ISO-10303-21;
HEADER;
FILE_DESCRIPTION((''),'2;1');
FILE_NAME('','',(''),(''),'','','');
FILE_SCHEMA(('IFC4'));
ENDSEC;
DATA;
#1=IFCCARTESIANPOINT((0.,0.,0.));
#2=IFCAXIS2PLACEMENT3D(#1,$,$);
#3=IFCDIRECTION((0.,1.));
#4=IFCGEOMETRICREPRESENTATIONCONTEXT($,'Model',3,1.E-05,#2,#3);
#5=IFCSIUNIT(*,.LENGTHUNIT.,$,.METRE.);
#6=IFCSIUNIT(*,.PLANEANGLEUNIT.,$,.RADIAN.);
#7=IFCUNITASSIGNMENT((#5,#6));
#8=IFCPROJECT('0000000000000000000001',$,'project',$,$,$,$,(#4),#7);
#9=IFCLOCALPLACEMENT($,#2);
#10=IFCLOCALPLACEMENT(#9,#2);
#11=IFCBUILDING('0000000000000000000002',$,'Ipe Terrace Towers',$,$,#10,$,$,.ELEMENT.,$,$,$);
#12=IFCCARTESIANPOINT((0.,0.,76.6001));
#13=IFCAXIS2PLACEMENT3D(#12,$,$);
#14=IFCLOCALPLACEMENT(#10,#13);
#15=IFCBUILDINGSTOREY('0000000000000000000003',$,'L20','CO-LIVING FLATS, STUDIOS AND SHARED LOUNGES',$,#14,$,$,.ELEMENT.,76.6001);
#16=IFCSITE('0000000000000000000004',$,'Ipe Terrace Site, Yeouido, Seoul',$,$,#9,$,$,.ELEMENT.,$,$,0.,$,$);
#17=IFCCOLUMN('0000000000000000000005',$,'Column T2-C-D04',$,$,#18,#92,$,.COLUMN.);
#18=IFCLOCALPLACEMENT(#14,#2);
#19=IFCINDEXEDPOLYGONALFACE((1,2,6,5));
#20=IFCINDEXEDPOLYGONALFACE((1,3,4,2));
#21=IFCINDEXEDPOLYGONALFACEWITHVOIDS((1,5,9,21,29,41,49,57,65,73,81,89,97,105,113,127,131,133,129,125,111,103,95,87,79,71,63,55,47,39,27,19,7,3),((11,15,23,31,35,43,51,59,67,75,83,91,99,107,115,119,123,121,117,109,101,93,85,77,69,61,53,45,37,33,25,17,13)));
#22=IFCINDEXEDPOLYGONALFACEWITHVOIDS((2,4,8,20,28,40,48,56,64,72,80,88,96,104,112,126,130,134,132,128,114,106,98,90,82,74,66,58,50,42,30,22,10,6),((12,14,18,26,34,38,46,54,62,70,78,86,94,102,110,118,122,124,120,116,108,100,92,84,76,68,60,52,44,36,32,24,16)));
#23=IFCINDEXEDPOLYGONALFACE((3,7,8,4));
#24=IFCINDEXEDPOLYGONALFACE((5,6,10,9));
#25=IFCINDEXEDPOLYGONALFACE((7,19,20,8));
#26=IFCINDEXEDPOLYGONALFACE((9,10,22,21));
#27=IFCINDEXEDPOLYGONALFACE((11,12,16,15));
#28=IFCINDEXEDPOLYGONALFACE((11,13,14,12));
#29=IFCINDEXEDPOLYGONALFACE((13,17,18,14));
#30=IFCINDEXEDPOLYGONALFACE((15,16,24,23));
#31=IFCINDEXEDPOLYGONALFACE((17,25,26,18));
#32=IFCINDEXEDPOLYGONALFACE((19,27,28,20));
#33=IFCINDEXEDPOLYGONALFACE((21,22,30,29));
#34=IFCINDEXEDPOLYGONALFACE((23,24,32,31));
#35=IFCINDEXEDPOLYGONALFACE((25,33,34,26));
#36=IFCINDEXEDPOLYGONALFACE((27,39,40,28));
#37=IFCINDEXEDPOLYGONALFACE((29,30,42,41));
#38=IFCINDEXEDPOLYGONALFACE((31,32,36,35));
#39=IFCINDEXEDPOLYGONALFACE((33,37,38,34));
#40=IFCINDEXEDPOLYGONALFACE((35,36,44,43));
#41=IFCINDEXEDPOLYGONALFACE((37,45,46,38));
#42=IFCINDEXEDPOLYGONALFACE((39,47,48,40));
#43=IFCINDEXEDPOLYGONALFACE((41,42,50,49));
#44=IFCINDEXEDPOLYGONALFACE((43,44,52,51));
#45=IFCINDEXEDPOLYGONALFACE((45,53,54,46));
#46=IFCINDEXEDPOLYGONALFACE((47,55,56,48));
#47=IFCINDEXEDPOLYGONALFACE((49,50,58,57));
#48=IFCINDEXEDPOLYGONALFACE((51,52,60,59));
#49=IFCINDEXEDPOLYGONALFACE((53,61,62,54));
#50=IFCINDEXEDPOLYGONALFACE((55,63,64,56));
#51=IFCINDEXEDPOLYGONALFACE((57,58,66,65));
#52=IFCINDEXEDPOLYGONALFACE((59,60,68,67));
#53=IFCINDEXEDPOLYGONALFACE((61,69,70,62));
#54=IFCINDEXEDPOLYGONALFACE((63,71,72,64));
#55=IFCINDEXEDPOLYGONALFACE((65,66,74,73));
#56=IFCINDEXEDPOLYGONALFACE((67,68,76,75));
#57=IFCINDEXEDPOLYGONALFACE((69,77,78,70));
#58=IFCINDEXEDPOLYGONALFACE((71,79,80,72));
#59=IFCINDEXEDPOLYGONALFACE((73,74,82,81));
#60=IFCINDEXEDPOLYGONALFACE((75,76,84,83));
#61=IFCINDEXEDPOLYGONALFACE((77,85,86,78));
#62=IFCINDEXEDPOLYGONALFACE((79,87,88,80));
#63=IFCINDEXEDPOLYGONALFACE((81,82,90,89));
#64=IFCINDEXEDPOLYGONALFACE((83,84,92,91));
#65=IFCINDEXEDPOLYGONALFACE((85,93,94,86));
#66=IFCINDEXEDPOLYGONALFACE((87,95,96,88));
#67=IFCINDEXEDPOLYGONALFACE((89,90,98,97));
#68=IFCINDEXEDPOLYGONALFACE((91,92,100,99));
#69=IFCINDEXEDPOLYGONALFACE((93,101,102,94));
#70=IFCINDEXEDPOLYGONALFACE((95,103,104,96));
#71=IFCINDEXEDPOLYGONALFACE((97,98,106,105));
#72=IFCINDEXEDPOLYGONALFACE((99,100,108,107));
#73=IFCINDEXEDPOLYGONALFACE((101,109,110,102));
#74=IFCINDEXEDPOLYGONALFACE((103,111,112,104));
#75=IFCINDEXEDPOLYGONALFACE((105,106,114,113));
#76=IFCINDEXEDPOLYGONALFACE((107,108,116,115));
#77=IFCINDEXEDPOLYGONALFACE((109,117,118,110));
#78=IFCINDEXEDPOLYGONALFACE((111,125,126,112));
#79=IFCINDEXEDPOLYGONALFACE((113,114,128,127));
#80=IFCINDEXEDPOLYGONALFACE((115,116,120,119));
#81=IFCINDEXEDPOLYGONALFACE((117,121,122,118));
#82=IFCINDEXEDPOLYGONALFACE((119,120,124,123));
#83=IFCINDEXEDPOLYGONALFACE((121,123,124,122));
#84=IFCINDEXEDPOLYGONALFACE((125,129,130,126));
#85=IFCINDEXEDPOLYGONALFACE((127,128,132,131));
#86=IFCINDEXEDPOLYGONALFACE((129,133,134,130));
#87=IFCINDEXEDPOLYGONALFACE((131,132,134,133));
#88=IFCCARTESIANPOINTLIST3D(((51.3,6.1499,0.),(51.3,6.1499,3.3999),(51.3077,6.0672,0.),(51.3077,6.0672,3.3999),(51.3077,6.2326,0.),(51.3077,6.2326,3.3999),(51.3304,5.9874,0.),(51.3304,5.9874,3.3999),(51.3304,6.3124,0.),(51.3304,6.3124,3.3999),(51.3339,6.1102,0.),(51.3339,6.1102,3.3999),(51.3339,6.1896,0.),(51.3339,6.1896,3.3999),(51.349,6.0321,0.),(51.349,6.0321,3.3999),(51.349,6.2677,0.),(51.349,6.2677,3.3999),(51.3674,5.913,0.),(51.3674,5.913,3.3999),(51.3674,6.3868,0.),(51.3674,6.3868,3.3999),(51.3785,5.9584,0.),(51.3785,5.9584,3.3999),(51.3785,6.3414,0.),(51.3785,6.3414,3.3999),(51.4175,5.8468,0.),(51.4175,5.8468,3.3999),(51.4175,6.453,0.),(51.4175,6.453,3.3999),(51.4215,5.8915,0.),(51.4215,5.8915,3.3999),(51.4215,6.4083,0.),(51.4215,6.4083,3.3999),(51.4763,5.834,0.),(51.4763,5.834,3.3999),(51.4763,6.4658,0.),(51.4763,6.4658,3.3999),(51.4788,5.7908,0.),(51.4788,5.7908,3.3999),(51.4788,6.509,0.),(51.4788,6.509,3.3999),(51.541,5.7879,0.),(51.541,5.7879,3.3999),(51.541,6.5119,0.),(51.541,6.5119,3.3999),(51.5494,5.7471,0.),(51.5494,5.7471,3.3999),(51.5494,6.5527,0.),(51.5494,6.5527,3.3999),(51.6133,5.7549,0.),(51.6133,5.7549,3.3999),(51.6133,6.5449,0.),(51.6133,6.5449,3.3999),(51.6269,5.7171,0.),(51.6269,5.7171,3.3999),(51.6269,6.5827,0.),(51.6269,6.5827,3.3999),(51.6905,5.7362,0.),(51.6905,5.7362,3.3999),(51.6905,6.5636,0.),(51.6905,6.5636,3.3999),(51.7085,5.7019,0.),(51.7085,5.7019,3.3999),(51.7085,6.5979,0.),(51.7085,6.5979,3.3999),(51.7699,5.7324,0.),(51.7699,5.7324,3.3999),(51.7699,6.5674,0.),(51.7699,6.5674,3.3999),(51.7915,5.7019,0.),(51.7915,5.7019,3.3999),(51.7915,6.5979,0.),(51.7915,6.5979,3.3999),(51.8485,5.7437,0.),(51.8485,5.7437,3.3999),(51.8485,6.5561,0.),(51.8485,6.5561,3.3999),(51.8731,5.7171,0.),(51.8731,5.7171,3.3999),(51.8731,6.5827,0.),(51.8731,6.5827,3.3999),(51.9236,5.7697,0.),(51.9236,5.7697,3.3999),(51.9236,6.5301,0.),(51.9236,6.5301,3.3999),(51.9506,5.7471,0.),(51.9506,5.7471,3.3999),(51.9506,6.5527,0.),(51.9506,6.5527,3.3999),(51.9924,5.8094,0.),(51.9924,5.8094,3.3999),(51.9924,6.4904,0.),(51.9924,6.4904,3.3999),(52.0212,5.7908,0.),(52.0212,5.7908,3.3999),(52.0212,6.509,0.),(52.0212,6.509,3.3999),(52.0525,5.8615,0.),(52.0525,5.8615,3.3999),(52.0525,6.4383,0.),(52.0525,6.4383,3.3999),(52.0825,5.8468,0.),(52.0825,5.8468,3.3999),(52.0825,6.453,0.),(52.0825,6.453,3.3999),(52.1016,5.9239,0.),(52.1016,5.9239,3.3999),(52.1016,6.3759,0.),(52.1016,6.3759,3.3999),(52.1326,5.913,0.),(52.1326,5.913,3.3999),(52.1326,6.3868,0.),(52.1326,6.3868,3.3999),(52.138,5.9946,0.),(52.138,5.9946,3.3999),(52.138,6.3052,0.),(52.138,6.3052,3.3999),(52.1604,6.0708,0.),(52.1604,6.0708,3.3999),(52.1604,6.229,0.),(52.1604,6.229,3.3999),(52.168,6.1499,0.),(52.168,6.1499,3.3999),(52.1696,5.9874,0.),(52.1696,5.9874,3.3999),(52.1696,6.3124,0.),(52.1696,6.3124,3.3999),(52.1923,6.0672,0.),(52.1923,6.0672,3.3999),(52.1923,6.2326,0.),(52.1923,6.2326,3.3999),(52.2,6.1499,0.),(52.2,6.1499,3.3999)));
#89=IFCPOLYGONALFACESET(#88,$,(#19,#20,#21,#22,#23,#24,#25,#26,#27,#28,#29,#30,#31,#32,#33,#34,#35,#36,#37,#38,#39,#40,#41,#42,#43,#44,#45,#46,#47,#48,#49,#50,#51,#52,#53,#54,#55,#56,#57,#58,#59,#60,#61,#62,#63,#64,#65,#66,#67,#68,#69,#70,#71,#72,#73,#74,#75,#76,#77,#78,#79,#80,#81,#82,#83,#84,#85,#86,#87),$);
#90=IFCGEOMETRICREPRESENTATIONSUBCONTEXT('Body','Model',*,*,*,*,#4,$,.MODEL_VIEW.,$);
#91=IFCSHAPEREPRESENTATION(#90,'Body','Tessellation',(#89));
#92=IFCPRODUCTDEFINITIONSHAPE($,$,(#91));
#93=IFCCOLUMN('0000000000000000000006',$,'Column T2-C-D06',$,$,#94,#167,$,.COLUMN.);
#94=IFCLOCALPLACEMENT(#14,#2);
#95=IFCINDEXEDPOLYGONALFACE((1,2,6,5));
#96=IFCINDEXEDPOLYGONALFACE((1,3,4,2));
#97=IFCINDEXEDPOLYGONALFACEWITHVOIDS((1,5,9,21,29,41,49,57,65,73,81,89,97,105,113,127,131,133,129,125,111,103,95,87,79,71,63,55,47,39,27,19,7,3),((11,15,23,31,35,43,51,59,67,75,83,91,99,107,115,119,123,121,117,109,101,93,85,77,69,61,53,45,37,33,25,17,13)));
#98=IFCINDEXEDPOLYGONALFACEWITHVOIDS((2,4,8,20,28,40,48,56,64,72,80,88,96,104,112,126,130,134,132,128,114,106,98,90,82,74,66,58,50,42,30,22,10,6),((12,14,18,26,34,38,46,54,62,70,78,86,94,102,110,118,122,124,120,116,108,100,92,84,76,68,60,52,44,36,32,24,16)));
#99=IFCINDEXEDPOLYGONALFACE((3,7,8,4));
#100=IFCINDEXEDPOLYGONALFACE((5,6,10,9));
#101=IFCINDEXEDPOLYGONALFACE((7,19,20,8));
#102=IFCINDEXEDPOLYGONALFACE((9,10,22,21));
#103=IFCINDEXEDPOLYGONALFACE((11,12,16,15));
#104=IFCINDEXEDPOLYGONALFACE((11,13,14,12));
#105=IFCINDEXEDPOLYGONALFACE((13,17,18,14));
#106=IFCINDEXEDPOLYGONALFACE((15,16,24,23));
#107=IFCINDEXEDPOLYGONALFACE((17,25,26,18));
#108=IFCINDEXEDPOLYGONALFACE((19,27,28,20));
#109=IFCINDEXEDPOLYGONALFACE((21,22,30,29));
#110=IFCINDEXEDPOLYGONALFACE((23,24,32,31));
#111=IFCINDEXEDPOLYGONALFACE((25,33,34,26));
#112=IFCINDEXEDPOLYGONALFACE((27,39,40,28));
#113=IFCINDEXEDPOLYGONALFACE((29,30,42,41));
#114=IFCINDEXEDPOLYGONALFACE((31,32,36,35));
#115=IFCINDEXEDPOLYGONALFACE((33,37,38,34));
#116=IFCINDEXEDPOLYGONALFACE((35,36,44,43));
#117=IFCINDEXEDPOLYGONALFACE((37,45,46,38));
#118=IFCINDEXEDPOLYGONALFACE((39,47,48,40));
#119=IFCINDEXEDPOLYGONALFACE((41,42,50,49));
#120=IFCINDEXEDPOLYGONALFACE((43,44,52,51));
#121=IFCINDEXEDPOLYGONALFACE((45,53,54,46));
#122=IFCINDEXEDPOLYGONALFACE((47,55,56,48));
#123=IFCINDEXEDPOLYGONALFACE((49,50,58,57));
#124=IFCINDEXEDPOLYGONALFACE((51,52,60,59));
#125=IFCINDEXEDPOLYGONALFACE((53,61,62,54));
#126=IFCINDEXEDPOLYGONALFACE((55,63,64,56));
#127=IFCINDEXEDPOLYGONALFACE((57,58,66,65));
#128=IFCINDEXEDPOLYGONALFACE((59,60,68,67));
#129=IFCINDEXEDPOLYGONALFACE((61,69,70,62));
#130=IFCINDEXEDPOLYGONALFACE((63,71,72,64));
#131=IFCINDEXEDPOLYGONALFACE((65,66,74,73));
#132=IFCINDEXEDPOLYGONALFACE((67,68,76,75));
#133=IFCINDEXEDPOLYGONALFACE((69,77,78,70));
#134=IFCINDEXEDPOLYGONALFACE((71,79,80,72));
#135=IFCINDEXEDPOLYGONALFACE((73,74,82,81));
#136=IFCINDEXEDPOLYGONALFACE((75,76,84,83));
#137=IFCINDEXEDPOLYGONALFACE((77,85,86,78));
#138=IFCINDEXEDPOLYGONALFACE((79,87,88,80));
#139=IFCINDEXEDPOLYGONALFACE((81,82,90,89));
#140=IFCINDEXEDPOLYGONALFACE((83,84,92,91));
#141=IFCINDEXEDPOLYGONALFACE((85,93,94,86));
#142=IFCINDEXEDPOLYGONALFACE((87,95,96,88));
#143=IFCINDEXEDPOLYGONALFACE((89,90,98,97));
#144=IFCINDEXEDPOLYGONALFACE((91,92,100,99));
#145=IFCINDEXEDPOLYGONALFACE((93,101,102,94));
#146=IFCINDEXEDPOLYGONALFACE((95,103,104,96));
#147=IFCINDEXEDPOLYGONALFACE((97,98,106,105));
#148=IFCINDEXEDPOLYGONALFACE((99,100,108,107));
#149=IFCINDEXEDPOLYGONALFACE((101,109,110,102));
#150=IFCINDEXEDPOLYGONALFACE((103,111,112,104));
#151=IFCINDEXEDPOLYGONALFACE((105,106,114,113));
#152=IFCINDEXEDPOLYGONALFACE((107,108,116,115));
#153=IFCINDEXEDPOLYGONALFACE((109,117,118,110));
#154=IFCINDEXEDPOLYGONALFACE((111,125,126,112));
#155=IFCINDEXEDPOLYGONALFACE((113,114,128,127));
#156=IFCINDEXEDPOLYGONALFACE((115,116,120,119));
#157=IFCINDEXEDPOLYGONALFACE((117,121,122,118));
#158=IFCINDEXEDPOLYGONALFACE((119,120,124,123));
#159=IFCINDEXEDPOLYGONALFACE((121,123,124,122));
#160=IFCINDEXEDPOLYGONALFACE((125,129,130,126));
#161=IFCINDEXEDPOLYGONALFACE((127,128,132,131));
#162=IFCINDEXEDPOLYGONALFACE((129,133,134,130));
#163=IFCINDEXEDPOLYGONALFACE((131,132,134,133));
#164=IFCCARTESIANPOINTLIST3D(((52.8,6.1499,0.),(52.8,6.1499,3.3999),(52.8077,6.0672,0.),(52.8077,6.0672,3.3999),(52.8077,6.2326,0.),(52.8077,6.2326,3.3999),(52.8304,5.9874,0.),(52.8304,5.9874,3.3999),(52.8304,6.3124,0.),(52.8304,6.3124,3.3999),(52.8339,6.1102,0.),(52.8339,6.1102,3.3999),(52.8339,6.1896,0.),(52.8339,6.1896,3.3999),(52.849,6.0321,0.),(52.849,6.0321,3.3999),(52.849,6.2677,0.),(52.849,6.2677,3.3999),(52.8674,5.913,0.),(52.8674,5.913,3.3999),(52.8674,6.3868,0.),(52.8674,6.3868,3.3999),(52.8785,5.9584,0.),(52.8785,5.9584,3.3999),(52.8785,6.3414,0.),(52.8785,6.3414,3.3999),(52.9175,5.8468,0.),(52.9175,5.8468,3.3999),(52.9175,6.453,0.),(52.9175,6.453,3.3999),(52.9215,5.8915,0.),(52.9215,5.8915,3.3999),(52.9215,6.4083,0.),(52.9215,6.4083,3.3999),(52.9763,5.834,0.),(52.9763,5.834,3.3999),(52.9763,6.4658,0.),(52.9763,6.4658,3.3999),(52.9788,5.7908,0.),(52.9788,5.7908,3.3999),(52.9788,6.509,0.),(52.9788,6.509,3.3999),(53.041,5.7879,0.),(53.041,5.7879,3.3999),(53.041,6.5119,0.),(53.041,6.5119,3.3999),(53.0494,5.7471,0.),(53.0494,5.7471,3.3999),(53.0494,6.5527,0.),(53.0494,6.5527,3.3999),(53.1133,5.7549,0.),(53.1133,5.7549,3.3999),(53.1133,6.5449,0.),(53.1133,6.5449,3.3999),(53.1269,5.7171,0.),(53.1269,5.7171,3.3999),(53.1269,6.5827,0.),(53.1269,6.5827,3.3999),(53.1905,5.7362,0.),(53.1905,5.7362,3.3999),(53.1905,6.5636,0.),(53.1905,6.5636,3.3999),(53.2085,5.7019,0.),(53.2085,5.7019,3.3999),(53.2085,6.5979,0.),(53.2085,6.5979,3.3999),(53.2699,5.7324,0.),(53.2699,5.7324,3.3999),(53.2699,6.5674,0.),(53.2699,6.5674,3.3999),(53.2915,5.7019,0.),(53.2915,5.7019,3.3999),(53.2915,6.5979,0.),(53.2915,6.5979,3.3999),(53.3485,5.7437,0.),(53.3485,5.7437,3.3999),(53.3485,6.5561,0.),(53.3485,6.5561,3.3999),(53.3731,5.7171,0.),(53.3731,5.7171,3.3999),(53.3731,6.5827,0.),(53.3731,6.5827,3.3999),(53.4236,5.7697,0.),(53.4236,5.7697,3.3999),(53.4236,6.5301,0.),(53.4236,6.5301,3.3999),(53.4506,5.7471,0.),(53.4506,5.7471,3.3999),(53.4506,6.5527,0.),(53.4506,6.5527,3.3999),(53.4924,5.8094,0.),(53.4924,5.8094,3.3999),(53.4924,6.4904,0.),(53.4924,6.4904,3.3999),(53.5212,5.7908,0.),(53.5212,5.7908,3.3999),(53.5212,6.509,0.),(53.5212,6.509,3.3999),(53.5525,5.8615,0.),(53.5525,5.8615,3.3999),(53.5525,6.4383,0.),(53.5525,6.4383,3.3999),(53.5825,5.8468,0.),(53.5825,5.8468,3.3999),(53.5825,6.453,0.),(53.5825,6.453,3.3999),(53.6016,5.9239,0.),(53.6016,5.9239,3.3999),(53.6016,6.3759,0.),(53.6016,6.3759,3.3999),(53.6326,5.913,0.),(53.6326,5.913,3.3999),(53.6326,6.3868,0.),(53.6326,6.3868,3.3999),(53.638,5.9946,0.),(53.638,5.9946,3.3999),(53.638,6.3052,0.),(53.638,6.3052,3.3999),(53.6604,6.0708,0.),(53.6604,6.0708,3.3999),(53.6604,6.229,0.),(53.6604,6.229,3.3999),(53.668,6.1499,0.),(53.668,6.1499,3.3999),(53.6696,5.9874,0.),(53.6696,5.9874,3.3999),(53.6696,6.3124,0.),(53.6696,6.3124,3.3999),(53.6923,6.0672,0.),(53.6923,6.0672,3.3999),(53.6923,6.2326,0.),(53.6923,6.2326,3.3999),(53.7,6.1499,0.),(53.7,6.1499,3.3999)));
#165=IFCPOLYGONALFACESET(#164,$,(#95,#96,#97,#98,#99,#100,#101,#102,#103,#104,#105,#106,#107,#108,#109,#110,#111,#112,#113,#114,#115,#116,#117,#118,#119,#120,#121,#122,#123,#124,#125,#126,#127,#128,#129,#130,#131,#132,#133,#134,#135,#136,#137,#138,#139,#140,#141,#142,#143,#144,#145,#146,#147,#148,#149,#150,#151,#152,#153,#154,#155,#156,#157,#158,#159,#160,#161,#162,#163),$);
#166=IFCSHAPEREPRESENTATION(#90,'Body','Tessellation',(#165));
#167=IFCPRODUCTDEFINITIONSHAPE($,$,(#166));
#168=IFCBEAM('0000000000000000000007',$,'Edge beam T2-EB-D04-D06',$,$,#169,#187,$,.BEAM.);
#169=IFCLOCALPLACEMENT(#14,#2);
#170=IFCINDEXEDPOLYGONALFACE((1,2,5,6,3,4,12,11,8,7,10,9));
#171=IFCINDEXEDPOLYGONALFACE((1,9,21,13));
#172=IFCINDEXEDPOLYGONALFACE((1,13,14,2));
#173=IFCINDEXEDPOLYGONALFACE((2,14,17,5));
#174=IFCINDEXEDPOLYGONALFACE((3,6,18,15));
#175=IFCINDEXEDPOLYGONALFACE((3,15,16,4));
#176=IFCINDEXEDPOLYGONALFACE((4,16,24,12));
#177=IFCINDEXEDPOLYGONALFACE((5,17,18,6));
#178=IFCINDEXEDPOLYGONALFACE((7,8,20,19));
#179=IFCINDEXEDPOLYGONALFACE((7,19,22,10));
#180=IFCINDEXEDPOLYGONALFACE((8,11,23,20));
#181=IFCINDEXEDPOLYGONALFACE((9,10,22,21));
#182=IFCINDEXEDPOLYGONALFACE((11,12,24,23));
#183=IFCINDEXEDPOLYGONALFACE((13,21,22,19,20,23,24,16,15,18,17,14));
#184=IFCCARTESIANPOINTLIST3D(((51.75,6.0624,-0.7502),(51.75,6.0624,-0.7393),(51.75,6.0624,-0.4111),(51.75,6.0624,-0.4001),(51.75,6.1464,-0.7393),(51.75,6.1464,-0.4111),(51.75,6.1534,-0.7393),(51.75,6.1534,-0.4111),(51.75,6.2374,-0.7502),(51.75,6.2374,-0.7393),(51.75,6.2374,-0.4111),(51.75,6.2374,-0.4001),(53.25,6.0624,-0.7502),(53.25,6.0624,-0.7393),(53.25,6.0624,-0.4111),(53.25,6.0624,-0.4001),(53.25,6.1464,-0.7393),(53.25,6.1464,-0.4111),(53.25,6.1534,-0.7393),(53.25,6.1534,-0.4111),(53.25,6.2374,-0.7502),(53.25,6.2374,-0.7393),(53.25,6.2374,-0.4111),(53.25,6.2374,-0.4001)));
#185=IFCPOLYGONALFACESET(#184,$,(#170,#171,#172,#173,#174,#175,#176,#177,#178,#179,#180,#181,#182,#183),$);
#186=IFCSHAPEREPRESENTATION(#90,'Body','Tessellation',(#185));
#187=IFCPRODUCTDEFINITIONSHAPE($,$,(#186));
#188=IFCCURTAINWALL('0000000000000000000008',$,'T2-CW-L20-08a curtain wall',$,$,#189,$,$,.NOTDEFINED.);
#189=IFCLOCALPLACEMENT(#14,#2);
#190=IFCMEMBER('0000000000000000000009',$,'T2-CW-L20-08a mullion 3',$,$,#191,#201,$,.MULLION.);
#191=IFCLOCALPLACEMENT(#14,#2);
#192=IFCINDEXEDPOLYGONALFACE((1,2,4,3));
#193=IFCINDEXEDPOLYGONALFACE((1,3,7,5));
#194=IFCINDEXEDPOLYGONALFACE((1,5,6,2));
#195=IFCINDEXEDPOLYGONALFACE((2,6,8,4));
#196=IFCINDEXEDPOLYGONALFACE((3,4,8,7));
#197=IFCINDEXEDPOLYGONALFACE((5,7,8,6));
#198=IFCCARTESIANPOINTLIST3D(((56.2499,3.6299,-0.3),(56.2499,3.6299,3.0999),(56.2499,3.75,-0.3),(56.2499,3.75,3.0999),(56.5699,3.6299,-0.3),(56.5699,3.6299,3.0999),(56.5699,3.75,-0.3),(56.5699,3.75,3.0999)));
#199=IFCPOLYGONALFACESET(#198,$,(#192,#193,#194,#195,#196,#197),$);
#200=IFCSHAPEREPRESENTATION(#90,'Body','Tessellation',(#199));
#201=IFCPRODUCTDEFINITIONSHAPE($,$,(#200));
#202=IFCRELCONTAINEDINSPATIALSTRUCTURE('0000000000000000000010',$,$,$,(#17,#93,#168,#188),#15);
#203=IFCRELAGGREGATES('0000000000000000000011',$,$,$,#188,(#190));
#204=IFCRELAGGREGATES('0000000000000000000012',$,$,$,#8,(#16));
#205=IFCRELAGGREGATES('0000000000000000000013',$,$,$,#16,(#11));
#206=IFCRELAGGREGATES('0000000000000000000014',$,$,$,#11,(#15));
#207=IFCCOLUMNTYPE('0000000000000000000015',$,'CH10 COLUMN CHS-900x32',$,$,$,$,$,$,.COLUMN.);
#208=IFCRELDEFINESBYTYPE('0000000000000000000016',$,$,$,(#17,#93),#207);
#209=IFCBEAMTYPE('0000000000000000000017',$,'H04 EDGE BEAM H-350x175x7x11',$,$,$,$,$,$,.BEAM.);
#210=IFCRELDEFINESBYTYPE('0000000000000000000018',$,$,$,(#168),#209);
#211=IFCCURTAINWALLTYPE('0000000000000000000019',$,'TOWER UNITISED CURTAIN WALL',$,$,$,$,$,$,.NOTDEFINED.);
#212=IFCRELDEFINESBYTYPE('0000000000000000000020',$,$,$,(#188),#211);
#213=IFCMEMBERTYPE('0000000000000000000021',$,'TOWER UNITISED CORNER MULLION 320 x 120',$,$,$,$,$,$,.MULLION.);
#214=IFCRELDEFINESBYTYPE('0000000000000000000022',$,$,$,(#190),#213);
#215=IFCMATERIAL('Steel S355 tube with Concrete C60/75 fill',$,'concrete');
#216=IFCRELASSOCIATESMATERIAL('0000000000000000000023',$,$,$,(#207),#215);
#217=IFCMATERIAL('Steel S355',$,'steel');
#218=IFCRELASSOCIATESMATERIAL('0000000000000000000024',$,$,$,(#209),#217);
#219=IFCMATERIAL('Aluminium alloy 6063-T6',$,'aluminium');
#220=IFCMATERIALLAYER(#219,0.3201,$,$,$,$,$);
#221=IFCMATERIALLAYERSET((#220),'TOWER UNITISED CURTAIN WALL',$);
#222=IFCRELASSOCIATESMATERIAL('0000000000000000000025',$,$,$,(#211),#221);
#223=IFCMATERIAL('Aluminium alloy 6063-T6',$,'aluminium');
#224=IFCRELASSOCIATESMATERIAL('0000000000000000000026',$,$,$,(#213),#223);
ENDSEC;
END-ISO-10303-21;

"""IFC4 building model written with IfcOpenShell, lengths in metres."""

from ifc_helpers import new_model, si_unit, direction, frame, origin, origin_2d, place, context, subcontext, project, spatial, rectangle, hollow_circle, i_section, extrude, material, layer, layer_set, material_profile, profile_set, type_object, element, aggregate, save


model = new_model("IFC4")

# Units and contexts
model_context = context("Model", 3, precision=1e-05, world=origin(), true_north=direction((0.0, 1.0)))
body_context = subcontext(model_context, "Body", "Model", "MODEL_VIEW")
ifc_project = project(units=[si_unit("LENGTHUNIT", "METRE"), si_unit("PLANEANGLEUNIT", "RADIAN")], contexts=[model_context])

# Site, building, storey
site_placement = place(None, origin())
site = spatial("IfcSite", under=ifc_project, at=site_placement, Name="Ipe Terrace Site, Yeouido, Seoul", CompositionType="ELEMENT", RefElevation=0.0)
building_placement = place(site_placement, origin())
building = spatial("IfcBuilding", under=site, at=building_placement, Name="Ipe Terrace Towers", CompositionType="ELEMENT")
storey_placement = place(building_placement, frame((0.0, 0.0, 76.6001)))
storey = spatial("IfcBuildingStorey", under=building, at=storey_placement, Name="L20", Description="CO-LIVING FLATS, STUDIOS AND SHARED LOUNGES", CompositionType="ELEMENT", Elevation=76.6001)

# Columns
ifc_material_1 = material(Name="Steel S355 tube with Concrete C60/75 fill", Category="concrete")
ifc_material_profile_1 = material_profile(ifc_material_1, hollow_circle(Radius=0.45, WallThickness=0.032, at=origin_2d()), Name="CHS-900x32")
ifc_profile_set_1 = profile_set([ifc_material_profile_1], Name="Steel S355 tube with Concrete C60/75 fill")
column_type = type_object("IfcColumnType", Name="CH10 COLUMN CHS-900x32", PredefinedType="COLUMN", material=ifc_profile_set_1)
for number, where, z_axis, x_axis, name in (
    (1, (51.75, 6.1499, 0.0), (0.0, 0.0, 1.0), (1.0, 0.0, 0.0), "Column T2-C-D04"),
    (2, (53.25, 6.1499, 0.0), (0.0, 0.0, 1.0), (1.0, 0.0, 0.0), "Column T2-C-D06"),
):
    element("IfcColumn", number, at=place(storey_placement, frame(where, z_axis=z_axis, x_axis=x_axis)), inside=storey, type_object=column_type, Name=name, PredefinedType="COLUMN", context=body_context, shape_type="SweptSolid", body=[
        extrude(hollow_circle(Radius=0.45, WallThickness=0.032, at=origin_2d()), origin(), (0.0, 0.0, 1.0), 3.3999),
    ])

# Beam
ifc_material_2 = material(Name="Steel S355", Category="steel")
ifc_material_profile_2 = material_profile(ifc_material_2, i_section(OverallWidth=0.175, OverallDepth=0.3501, WebThickness=0.0071, FlangeThickness=0.011, at=origin_2d()), Name="H-350x175x7x11")
ifc_profile_set_2 = profile_set([ifc_material_profile_2], Name="Steel S355")
beam_type = type_object("IfcBeamType", Name="H04 EDGE BEAM H-350x175x7x11", PredefinedType="BEAM", material=ifc_profile_set_2)
beam_placement = place(storey_placement, frame((51.75, 6.1499, -0.5752), z_axis=(1.0, 0.0, 0.0), x_axis=(0.0, 1.0, 0.0)))
element("IfcBeam", 3, at=beam_placement, inside=storey, type_object=beam_type, Name="Edge beam T2-EB-D04-D06", PredefinedType="BEAM", context=body_context, shape_type="SweptSolid", body=[
    extrude(i_section(OverallWidth=0.175, OverallDepth=0.3501, WebThickness=0.0071, FlangeThickness=0.011, at=origin_2d()), origin(), (0.0, 0.0, 1.0), 1.5),
])

# Curtain wall, member
ifc_material_3 = material(Name="Aluminium alloy 6063-T6", Category="aluminium")
ifc_layer_1 = layer(ifc_material_3, 0.3201)
ifc_layer_set_1 = layer_set([ifc_layer_1], Name="TOWER UNITISED CURTAIN WALL")
curtain_wall_type = type_object("IfcCurtainWallType", Name="TOWER UNITISED CURTAIN WALL", PredefinedType="NOTDEFINED", material=ifc_layer_set_1)
curtain_wall_1_placement = place(storey_placement, origin())
curtain_wall_1 = element("IfcCurtainWall", 4, at=curtain_wall_1_placement, inside=storey, type_object=curtain_wall_type, Name="T2-CW-L20-08a curtain wall", PredefinedType="NOTDEFINED")
ifc_material_4 = material(Name="Aluminium alloy 6063-T6", Category="aluminium")
ifc_material_profile_3 = material_profile(ifc_material_4, rectangle(XDim=0.3201, YDim=0.1201, at=origin_2d()), Name="TOWER UNITISED CORNER MULLION 320 x 120")
ifc_profile_set_3 = profile_set([ifc_material_profile_3], Name="Aluminium alloy 6063-T6")
member_type = type_object("IfcMemberType", Name="TOWER UNITISED CORNER MULLION 320 x 120", PredefinedType="MULLION", material=ifc_profile_set_3)
member_1_placement = place(storey_placement, frame((56.4099, 3.6899, -0.3), z_axis=(0.0, 0.0, 1.0), x_axis=(1.0, 0.0, 0.0)))
member_1 = element("IfcMember", 5, at=member_1_placement, type_object=member_type, Name="T2-CW-L20-08a mullion 3", PredefinedType="MULLION", context=body_context, shape_type="SweptSolid", body=[
    extrude(rectangle(XDim=0.3201, YDim=0.1201, at=origin_2d()), origin(), (0.0, 0.0, 1.0), 3.3999),
])

aggregate(curtain_wall_1, [member_1])

save(model, "model.ifc")
